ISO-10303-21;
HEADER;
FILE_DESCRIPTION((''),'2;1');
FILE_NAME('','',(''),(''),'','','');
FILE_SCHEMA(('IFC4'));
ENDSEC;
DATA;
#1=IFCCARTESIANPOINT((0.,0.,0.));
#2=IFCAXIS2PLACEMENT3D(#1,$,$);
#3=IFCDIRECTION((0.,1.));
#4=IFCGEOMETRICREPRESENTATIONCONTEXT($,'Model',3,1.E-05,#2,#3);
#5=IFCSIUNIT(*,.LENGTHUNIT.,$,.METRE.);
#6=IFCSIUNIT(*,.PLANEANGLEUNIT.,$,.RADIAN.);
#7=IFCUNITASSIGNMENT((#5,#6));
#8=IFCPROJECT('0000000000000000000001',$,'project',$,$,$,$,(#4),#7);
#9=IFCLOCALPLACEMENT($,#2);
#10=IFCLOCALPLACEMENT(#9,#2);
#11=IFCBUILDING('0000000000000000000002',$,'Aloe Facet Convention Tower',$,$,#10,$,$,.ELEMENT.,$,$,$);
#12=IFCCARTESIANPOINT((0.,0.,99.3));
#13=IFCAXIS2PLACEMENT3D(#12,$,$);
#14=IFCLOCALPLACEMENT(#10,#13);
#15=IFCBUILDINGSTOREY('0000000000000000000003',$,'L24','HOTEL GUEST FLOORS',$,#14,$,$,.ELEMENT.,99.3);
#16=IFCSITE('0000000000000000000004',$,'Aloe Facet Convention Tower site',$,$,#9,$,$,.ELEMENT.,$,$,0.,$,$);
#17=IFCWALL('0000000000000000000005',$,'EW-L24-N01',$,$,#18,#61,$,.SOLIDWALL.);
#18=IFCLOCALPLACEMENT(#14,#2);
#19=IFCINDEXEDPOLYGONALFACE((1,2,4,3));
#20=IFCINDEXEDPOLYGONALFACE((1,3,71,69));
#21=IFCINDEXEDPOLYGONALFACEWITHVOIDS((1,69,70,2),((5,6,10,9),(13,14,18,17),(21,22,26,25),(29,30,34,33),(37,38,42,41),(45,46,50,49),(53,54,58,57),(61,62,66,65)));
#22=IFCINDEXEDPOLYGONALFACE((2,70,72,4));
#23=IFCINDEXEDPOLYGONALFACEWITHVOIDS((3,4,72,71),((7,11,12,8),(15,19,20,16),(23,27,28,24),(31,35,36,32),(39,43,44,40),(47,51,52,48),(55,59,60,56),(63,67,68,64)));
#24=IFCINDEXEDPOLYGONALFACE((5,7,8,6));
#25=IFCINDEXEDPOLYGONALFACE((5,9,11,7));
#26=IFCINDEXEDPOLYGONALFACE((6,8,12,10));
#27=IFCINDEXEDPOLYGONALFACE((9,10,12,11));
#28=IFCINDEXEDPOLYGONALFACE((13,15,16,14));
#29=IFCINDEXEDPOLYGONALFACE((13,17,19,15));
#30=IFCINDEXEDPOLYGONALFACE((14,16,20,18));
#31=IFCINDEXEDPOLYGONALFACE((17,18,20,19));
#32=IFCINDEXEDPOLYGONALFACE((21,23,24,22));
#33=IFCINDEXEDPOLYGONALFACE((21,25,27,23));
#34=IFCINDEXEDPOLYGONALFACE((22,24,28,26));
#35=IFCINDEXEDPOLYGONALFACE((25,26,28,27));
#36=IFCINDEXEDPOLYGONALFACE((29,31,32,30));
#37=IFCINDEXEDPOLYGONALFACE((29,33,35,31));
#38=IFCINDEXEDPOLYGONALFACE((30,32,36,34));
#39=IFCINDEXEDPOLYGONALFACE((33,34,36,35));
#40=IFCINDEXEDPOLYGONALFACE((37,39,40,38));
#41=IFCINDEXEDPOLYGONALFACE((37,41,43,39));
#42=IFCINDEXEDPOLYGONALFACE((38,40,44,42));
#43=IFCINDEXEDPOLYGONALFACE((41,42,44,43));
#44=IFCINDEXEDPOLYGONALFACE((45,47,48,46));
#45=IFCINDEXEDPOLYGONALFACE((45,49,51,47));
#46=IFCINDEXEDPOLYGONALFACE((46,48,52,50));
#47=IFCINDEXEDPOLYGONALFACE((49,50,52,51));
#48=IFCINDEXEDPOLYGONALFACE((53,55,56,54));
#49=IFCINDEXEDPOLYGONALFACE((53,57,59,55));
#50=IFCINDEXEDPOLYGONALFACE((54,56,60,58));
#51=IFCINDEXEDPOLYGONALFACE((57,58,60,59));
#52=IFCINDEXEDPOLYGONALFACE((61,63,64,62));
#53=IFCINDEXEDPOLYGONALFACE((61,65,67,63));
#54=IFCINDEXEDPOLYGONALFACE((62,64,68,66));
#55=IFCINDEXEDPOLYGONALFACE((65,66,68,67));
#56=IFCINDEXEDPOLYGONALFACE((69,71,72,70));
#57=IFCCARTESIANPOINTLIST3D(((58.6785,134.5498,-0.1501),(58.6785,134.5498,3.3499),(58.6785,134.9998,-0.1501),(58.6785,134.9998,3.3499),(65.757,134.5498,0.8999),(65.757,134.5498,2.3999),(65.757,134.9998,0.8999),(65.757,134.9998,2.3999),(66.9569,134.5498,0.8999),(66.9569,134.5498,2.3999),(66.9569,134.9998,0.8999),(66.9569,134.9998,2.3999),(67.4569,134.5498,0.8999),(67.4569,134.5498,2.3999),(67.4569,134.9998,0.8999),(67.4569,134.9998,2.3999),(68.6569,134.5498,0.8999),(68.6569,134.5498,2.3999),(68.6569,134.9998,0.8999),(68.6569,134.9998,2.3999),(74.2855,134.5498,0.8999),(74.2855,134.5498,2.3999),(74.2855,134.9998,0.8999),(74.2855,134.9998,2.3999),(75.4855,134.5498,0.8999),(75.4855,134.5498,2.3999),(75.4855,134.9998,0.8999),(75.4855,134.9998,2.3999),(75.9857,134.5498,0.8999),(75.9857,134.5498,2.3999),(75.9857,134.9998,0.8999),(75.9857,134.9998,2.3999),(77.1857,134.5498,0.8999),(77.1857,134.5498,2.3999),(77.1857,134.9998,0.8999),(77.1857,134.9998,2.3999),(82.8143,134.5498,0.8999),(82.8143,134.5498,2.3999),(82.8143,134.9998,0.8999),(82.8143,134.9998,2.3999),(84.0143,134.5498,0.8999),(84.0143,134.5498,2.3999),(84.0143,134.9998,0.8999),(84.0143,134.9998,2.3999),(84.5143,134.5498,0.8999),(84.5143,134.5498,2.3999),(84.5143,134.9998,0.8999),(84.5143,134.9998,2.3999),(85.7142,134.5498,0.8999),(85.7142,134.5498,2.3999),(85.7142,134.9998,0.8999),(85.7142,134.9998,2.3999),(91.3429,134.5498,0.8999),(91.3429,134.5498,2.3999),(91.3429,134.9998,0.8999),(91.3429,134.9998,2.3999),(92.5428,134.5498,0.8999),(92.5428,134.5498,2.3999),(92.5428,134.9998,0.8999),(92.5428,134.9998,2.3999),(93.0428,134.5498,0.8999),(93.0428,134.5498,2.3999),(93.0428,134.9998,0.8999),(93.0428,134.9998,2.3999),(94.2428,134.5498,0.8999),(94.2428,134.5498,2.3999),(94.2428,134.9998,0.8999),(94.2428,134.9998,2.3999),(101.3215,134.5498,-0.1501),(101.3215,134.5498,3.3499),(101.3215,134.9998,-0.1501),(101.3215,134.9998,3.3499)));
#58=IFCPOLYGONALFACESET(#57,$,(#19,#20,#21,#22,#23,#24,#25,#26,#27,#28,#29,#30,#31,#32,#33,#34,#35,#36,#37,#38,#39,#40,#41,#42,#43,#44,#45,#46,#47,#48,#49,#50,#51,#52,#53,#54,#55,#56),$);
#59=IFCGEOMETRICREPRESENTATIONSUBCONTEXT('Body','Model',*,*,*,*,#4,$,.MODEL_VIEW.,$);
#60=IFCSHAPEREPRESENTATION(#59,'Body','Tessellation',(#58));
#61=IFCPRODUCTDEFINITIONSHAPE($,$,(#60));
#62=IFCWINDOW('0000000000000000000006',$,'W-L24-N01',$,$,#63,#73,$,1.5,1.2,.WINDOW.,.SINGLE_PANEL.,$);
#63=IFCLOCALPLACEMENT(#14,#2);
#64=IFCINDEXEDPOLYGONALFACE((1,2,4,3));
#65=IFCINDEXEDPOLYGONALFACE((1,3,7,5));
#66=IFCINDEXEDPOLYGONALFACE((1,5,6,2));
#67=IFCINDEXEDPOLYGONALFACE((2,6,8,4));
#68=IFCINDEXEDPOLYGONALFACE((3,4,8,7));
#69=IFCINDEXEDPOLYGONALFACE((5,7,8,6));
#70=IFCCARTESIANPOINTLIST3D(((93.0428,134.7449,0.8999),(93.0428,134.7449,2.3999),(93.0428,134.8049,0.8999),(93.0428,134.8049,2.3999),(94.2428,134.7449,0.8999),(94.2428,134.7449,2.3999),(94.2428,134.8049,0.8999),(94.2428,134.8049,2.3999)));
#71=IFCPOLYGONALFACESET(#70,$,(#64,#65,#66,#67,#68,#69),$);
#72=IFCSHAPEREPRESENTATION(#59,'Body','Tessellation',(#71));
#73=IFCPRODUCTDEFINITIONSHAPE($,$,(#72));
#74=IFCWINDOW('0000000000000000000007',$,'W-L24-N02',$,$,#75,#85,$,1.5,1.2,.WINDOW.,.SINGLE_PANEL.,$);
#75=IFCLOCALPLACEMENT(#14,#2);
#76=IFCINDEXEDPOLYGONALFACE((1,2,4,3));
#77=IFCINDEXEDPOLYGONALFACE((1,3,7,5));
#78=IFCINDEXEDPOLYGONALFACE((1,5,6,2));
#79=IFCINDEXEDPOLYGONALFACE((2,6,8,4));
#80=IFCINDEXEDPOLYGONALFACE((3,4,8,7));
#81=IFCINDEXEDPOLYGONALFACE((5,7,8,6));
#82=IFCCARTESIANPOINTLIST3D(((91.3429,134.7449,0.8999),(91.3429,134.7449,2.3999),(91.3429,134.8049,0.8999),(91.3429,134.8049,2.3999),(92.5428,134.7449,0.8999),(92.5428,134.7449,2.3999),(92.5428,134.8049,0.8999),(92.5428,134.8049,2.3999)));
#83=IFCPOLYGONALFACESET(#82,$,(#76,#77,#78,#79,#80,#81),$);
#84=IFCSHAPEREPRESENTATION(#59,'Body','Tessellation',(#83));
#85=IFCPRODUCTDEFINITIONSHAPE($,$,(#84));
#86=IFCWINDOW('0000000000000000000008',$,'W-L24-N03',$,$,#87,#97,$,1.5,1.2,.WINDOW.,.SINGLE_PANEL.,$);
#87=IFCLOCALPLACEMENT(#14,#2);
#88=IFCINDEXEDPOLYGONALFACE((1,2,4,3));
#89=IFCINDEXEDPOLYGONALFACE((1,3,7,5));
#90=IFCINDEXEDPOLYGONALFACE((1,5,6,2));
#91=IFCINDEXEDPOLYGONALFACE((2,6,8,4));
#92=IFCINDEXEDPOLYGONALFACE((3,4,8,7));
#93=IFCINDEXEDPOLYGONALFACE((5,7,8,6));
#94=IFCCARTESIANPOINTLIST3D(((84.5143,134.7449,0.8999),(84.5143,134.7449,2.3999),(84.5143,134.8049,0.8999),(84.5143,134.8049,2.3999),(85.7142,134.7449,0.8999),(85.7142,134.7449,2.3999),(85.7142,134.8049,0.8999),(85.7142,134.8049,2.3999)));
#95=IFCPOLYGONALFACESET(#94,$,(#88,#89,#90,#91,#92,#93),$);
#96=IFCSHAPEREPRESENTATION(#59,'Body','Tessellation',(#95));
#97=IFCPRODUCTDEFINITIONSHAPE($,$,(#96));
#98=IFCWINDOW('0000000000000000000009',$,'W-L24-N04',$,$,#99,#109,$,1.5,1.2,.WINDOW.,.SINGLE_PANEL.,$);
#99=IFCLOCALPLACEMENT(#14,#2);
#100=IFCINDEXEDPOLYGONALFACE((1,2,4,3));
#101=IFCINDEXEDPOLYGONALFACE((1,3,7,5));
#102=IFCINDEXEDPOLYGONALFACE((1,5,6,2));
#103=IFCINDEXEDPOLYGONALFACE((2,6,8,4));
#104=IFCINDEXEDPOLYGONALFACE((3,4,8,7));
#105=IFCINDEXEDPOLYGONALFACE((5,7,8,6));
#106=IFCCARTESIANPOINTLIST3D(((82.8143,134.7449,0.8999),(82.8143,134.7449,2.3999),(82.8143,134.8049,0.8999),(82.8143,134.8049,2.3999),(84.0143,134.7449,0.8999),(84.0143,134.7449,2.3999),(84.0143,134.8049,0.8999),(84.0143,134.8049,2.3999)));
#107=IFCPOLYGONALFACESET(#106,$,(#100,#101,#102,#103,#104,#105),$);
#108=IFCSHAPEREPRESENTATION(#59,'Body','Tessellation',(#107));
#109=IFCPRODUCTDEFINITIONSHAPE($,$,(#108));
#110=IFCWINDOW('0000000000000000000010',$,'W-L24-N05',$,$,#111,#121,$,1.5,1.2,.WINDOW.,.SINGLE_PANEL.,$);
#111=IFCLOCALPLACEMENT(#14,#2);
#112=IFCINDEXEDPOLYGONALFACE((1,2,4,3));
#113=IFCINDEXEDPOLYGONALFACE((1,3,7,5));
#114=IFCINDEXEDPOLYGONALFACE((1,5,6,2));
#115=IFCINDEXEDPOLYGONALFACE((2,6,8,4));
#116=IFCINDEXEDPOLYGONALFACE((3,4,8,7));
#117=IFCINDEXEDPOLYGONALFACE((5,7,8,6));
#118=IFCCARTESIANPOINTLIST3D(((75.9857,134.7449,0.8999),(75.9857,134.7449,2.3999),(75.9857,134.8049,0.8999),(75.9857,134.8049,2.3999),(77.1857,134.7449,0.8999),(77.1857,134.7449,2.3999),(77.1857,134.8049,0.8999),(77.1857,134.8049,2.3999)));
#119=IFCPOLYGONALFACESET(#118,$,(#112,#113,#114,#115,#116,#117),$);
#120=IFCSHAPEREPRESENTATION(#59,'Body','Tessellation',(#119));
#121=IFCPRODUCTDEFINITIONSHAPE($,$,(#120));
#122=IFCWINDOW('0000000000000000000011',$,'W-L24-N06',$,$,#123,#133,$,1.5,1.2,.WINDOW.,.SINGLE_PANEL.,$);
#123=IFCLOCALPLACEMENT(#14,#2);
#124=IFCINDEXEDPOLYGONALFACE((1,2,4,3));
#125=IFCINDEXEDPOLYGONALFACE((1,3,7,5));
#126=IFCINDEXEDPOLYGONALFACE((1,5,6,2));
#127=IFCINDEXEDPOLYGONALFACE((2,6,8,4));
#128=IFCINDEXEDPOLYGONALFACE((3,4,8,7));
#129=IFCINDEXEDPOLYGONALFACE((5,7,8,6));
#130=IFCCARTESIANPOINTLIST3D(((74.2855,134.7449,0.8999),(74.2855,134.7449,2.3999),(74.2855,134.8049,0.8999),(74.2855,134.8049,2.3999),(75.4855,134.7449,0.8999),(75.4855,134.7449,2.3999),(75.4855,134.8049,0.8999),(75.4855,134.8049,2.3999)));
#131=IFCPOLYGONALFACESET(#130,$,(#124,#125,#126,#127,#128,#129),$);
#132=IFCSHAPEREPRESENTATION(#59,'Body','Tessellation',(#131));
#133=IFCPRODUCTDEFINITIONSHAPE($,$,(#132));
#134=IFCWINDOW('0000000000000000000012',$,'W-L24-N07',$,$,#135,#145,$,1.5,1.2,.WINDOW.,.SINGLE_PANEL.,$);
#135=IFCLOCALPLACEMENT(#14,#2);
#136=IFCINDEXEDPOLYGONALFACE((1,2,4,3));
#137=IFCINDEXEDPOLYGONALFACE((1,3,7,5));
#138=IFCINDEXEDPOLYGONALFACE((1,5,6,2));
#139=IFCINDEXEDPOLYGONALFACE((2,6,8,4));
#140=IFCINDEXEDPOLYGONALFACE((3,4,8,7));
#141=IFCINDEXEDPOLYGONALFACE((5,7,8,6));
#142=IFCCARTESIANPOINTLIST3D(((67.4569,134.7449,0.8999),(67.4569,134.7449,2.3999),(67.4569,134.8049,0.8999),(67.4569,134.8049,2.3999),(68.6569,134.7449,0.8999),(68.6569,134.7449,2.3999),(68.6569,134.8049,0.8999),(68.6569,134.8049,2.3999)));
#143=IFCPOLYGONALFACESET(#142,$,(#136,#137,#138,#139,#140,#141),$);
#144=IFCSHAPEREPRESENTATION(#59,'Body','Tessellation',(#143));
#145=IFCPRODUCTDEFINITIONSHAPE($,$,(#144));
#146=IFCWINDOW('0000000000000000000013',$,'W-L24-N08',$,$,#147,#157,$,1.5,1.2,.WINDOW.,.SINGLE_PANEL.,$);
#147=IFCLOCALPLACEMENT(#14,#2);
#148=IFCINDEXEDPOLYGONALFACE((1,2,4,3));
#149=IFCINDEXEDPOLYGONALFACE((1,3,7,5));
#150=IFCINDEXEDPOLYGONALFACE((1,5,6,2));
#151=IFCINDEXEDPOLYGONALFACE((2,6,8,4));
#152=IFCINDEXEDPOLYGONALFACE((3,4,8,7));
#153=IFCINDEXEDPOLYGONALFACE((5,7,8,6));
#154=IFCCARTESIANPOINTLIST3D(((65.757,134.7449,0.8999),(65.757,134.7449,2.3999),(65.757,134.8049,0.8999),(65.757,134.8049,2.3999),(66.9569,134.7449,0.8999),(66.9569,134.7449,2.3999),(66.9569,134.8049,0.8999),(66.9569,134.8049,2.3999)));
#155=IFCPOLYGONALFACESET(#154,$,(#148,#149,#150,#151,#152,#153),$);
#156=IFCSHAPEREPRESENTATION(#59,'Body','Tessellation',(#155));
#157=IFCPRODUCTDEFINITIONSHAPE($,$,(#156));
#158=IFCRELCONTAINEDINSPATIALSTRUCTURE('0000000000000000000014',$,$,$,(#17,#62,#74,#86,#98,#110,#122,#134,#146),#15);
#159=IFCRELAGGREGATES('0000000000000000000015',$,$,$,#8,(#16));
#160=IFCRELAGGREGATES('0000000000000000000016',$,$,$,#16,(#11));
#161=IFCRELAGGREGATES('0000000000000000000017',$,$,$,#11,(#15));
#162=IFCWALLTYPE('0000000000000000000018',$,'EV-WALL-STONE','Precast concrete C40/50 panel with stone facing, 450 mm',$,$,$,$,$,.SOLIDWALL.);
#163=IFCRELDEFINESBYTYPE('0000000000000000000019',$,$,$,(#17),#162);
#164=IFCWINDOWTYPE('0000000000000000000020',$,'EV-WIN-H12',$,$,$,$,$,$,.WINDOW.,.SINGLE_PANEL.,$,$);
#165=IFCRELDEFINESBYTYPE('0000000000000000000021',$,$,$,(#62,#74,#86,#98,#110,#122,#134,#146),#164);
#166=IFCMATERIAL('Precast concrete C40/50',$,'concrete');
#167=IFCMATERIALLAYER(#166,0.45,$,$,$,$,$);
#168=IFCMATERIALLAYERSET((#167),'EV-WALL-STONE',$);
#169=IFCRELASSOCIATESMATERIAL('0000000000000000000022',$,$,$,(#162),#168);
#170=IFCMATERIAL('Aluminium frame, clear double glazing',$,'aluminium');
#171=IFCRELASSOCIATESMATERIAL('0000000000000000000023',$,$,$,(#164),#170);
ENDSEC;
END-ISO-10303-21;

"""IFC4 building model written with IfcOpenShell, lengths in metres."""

from ifc_helpers import new_model, si_unit, direction, frame, frame_2d, origin, place, context, subcontext, project, spatial, polyline, rectangle, outline, extrude, material, layer, layer_set, type_object, element, fill, save


model = new_model("IFC4")

# Units and contexts
model_context = context("Model", 3, precision=1e-05, world=origin(), true_north=direction((0.0, 1.0)))
body_context = subcontext(model_context, "Body", "Model", "MODEL_VIEW")
ifc_project = project(units=[si_unit("LENGTHUNIT", "METRE"), si_unit("PLANEANGLEUNIT", "RADIAN")], contexts=[model_context])

# Site, building, storey
site_placement = place(None, origin())
site = spatial("IfcSite", under=ifc_project, at=site_placement, Name="Aloe Facet Convention Tower site", CompositionType="ELEMENT", RefElevation=0.0)
building_placement = place(site_placement, origin())
building = spatial("IfcBuilding", under=site, at=building_placement, Name="Aloe Facet Convention Tower", CompositionType="ELEMENT")
storey_placement = place(building_placement, frame((0.0, 0.0, 99.3)))
storey = spatial("IfcBuildingStorey", under=building, at=storey_placement, Name="L24", Description="HOTEL GUEST FLOORS", CompositionType="ELEMENT", Elevation=99.3)

# Wall, openings, windows
ifc_material_1 = material(Name="Precast concrete C40/50", Category="concrete")
ifc_layer_1 = layer(ifc_material_1, 0.45)
ifc_layer_set_1 = layer_set([ifc_layer_1], Name="EV-WALL-STONE")
wall_type_1 = type_object("IfcWallType", Name="EV-WALL-STONE", Description="Precast concrete C40/50 panel with stone facing, 450 mm", PredefinedType="SOLIDWALL", material=ifc_layer_set_1)
wall_1_placement = place(storey_placement, frame((101.3215, 134.7749, -0.1501), z_axis=(0.0, 0.0, 1.0), x_axis=(-1.0, 0.0, 0.0)))
wall_1 = element("IfcWall", 1, at=wall_1_placement, inside=storey, type_object=wall_type_1, Name="EW-L24-N01", PredefinedType="SOLIDWALL", context=body_context, shape_type="SweptSolid", body=[
    extrude(outline(polyline([(42.6431, 0.0), (42.6431, 3.5), (0.0, 3.5), (0.0, 0.0), (42.6431, 0.0)])), frame((0.0, 0.2251, 0.0), z_axis=(0.0, -1.0, 0.0), x_axis=(1.0, 0.0, 0.0)), (0.0, 0.0, 1.0), 0.45),
])
opening_1_placement = place(wall_1_placement, frame((7.0786, 0.0, 1.05)))
opening_1 = element("IfcOpeningElement", 2, at=opening_1_placement, cuts=wall_1, PredefinedType="OPENING", context=body_context, shape_type="SweptSolid", body=[
    extrude(rectangle(XDim=1.2, YDim=1.5, at=frame_2d((0.6001, 0.75))), frame((0.0, 0.2349, 0.0), z_axis=(0.0, -1.0, 0.0), x_axis=(1.0, 0.0, 0.0)), (0.0, 0.0, 1.0), 0.47),
])
opening_2_placement = place(wall_1_placement, frame((8.7786, 0.0, 1.05)))
opening_2 = element("IfcOpeningElement", 3, at=opening_2_placement, cuts=wall_1, PredefinedType="OPENING", context=body_context, shape_type="SweptSolid", body=[
    extrude(rectangle(XDim=1.2, YDim=1.5, at=frame_2d((0.6001, 0.75))), frame((0.0, 0.2349, 0.0), z_axis=(0.0, -1.0, 0.0), x_axis=(1.0, 0.0, 0.0)), (0.0, 0.0, 1.0), 0.47),
])
opening_3_placement = place(wall_1_placement, frame((15.6072, 0.0, 1.05)))
opening_3 = element("IfcOpeningElement", 4, at=opening_3_placement, cuts=wall_1, PredefinedType="OPENING", context=body_context, shape_type="SweptSolid", body=[
    extrude(rectangle(XDim=1.2, YDim=1.5, at=frame_2d((0.6001, 0.75))), frame((0.0, 0.2349, 0.0), z_axis=(0.0, -1.0, 0.0), x_axis=(1.0, 0.0, 0.0)), (0.0, 0.0, 1.0), 0.47),
])
opening_4_placement = place(wall_1_placement, frame((17.3071, 0.0, 1.05)))
opening_4 = element("IfcOpeningElement", 5, at=opening_4_placement, cuts=wall_1, PredefinedType="OPENING", context=body_context, shape_type="SweptSolid", body=[
    extrude(rectangle(XDim=1.2, YDim=1.5, at=frame_2d((0.6001, 0.75))), frame((0.0, 0.2349, 0.0), z_axis=(0.0, -1.0, 0.0), x_axis=(1.0, 0.0, 0.0)), (0.0, 0.0, 1.0), 0.47),
])
opening_5_placement = place(wall_1_placement, frame((24.1357, 0.0, 1.05)))
opening_5 = element("IfcOpeningElement", 6, at=opening_5_placement, cuts=wall_1, PredefinedType="OPENING", context=body_context, shape_type="SweptSolid", body=[
    extrude(rectangle(XDim=1.2, YDim=1.5, at=frame_2d((0.6001, 0.75))), frame((0.0, 0.2349, 0.0), z_axis=(0.0, -1.0, 0.0), x_axis=(1.0, 0.0, 0.0)), (0.0, 0.0, 1.0), 0.47),
])
opening_6_placement = place(wall_1_placement, frame((25.8359, 0.0, 1.05)))
opening_6 = element("IfcOpeningElement", 7, at=opening_6_placement, cuts=wall_1, PredefinedType="OPENING", context=body_context, shape_type="SweptSolid", body=[
    extrude(rectangle(XDim=1.2, YDim=1.5, at=frame_2d((0.6001, 0.75))), frame((0.0, 0.2349, 0.0), z_axis=(0.0, -1.0, 0.0), x_axis=(1.0, 0.0, 0.0)), (0.0, 0.0, 1.0), 0.47),
])
opening_7_placement = place(wall_1_placement, frame((32.6646, 0.0, 1.05)))
opening_7 = element("IfcOpeningElement", 8, at=opening_7_placement, cuts=wall_1, PredefinedType="OPENING", context=body_context, shape_type="SweptSolid", body=[
    extrude(rectangle(XDim=1.2, YDim=1.5, at=frame_2d((0.6001, 0.75))), frame((0.0, 0.2349, 0.0), z_axis=(0.0, -1.0, 0.0), x_axis=(1.0, 0.0, 0.0)), (0.0, 0.0, 1.0), 0.47),
])
opening_8_placement = place(wall_1_placement, frame((34.3645, 0.0, 1.05)))
opening_8 = element("IfcOpeningElement", 9, at=opening_8_placement, cuts=wall_1, PredefinedType="OPENING", context=body_context, shape_type="SweptSolid", body=[
    extrude(rectangle(XDim=1.2, YDim=1.5, at=frame_2d((0.6001, 0.75))), frame((0.0, 0.2349, 0.0), z_axis=(0.0, -1.0, 0.0), x_axis=(1.0, 0.0, 0.0)), (0.0, 0.0, 1.0), 0.47),
])
ifc_material_2 = material(Name="Aluminium frame, clear double glazing", Category="aluminium")
window_type = type_object("IfcWindowType", Name="EV-WIN-H12", PartitioningType="SINGLE_PANEL", PredefinedType="WINDOW", material=ifc_material_2)
window_1_placement = place(opening_1_placement, origin())
window_1 = element("IfcWindow", 10, at=window_1_placement, inside=storey, type_object=window_type, Name="W-L24-N01", OverallHeight=1.5, OverallWidth=1.2, PartitioningType="SINGLE_PANEL", PredefinedType="WINDOW", context=body_context, shape_type="SweptSolid", body=[
    extrude(rectangle(XDim=1.2, YDim=1.5, at=frame_2d((0.6001, 0.75))), frame((0.0, 0.03, 0.0), z_axis=(0.0, -1.0, 0.0), x_axis=(1.0, 0.0, 0.0)), (0.0, 0.0, 1.0), 0.0601),
])
fill(opening_1, window_1)
window_2_placement = place(opening_2_placement, origin())
window_2 = element("IfcWindow", 11, at=window_2_placement, inside=storey, type_object=window_type, Name="W-L24-N02", OverallHeight=1.5, OverallWidth=1.2, PartitioningType="SINGLE_PANEL", PredefinedType="WINDOW", context=body_context, shape_type="SweptSolid", body=[
    extrude(rectangle(XDim=1.2, YDim=1.5, at=frame_2d((0.6001, 0.75))), frame((0.0, 0.03, 0.0), z_axis=(0.0, -1.0, 0.0), x_axis=(1.0, 0.0, 0.0)), (0.0, 0.0, 1.0), 0.0601),
])
fill(opening_2, window_2)
window_3_placement = place(opening_3_placement, origin())
window_3 = element("IfcWindow", 12, at=window_3_placement, inside=storey, type_object=window_type, Name="W-L24-N03", OverallHeight=1.5, OverallWidth=1.2, PartitioningType="SINGLE_PANEL", PredefinedType="WINDOW", context=body_context, shape_type="SweptSolid", body=[
    extrude(rectangle(XDim=1.2, YDim=1.5, at=frame_2d((0.6001, 0.75))), frame((0.0, 0.03, 0.0), z_axis=(0.0, -1.0, 0.0), x_axis=(1.0, 0.0, 0.0)), (0.0, 0.0, 1.0), 0.0601),
])
fill(opening_3, window_3)
window_4_placement = place(opening_4_placement, origin())
window_4 = element("IfcWindow", 13, at=window_4_placement, inside=storey, type_object=window_type, Name="W-L24-N04", OverallHeight=1.5, OverallWidth=1.2, PartitioningType="SINGLE_PANEL", PredefinedType="WINDOW", context=body_context, shape_type="SweptSolid", body=[
    extrude(rectangle(XDim=1.2, YDim=1.5, at=frame_2d((0.6001, 0.75))), frame((0.0, 0.03, 0.0), z_axis=(0.0, -1.0, 0.0), x_axis=(1.0, 0.0, 0.0)), (0.0, 0.0, 1.0), 0.0601),
])
fill(opening_4, window_4)
window_5_placement = place(opening_5_placement, origin())
window_5 = element("IfcWindow", 14, at=window_5_placement, inside=storey, type_object=window_type, Name="W-L24-N05", OverallHeight=1.5, OverallWidth=1.2, PartitioningType="SINGLE_PANEL", PredefinedType="WINDOW", context=body_context, shape_type="SweptSolid", body=[
    extrude(rectangle(XDim=1.2, YDim=1.5, at=frame_2d((0.6001, 0.75))), frame((0.0, 0.03, 0.0), z_axis=(0.0, -1.0, 0.0), x_axis=(1.0, 0.0, 0.0)), (0.0, 0.0, 1.0), 0.0601),
])
fill(opening_5, window_5)
window_6_placement = place(opening_6_placement, origin())
window_6 = element("IfcWindow", 15, at=window_6_placement, inside=storey, type_object=window_type, Name="W-L24-N06", OverallHeight=1.5, OverallWidth=1.2, PartitioningType="SINGLE_PANEL", PredefinedType="WINDOW", context=body_context, shape_type="SweptSolid", body=[
    extrude(rectangle(XDim=1.2, YDim=1.5, at=frame_2d((0.6001, 0.75))), frame((0.0, 0.03, 0.0), z_axis=(0.0, -1.0, 0.0), x_axis=(1.0, 0.0, 0.0)), (0.0, 0.0, 1.0), 0.0601),
])
fill(opening_6, window_6)
window_7_placement = place(opening_7_placement, origin())
window_7 = element("IfcWindow", 16, at=window_7_placement, inside=storey, type_object=window_type, Name="W-L24-N07", OverallHeight=1.5, OverallWidth=1.2, PartitioningType="SINGLE_PANEL", PredefinedType="WINDOW", context=body_context, shape_type="SweptSolid", body=[
    extrude(rectangle(XDim=1.2, YDim=1.5, at=frame_2d((0.6001, 0.75))), frame((0.0, 0.03, 0.0), z_axis=(0.0, -1.0, 0.0), x_axis=(1.0, 0.0, 0.0)), (0.0, 0.0, 1.0), 0.0601),
])
fill(opening_7, window_7)
window_8_placement = place(opening_8_placement, origin())
window_8 = element("IfcWindow", 17, at=window_8_placement, inside=storey, type_object=window_type, Name="W-L24-N08", OverallHeight=1.5, OverallWidth=1.2, PartitioningType="SINGLE_PANEL", PredefinedType="WINDOW", context=body_context, shape_type="SweptSolid", body=[
    extrude(rectangle(XDim=1.2, YDim=1.5, at=frame_2d((0.6001, 0.75))), frame((0.0, 0.03, 0.0), z_axis=(0.0, -1.0, 0.0), x_axis=(1.0, 0.0, 0.0)), (0.0, 0.0, 1.0), 0.0601),
])
fill(opening_8, window_8)

save(model, "model.ifc")
